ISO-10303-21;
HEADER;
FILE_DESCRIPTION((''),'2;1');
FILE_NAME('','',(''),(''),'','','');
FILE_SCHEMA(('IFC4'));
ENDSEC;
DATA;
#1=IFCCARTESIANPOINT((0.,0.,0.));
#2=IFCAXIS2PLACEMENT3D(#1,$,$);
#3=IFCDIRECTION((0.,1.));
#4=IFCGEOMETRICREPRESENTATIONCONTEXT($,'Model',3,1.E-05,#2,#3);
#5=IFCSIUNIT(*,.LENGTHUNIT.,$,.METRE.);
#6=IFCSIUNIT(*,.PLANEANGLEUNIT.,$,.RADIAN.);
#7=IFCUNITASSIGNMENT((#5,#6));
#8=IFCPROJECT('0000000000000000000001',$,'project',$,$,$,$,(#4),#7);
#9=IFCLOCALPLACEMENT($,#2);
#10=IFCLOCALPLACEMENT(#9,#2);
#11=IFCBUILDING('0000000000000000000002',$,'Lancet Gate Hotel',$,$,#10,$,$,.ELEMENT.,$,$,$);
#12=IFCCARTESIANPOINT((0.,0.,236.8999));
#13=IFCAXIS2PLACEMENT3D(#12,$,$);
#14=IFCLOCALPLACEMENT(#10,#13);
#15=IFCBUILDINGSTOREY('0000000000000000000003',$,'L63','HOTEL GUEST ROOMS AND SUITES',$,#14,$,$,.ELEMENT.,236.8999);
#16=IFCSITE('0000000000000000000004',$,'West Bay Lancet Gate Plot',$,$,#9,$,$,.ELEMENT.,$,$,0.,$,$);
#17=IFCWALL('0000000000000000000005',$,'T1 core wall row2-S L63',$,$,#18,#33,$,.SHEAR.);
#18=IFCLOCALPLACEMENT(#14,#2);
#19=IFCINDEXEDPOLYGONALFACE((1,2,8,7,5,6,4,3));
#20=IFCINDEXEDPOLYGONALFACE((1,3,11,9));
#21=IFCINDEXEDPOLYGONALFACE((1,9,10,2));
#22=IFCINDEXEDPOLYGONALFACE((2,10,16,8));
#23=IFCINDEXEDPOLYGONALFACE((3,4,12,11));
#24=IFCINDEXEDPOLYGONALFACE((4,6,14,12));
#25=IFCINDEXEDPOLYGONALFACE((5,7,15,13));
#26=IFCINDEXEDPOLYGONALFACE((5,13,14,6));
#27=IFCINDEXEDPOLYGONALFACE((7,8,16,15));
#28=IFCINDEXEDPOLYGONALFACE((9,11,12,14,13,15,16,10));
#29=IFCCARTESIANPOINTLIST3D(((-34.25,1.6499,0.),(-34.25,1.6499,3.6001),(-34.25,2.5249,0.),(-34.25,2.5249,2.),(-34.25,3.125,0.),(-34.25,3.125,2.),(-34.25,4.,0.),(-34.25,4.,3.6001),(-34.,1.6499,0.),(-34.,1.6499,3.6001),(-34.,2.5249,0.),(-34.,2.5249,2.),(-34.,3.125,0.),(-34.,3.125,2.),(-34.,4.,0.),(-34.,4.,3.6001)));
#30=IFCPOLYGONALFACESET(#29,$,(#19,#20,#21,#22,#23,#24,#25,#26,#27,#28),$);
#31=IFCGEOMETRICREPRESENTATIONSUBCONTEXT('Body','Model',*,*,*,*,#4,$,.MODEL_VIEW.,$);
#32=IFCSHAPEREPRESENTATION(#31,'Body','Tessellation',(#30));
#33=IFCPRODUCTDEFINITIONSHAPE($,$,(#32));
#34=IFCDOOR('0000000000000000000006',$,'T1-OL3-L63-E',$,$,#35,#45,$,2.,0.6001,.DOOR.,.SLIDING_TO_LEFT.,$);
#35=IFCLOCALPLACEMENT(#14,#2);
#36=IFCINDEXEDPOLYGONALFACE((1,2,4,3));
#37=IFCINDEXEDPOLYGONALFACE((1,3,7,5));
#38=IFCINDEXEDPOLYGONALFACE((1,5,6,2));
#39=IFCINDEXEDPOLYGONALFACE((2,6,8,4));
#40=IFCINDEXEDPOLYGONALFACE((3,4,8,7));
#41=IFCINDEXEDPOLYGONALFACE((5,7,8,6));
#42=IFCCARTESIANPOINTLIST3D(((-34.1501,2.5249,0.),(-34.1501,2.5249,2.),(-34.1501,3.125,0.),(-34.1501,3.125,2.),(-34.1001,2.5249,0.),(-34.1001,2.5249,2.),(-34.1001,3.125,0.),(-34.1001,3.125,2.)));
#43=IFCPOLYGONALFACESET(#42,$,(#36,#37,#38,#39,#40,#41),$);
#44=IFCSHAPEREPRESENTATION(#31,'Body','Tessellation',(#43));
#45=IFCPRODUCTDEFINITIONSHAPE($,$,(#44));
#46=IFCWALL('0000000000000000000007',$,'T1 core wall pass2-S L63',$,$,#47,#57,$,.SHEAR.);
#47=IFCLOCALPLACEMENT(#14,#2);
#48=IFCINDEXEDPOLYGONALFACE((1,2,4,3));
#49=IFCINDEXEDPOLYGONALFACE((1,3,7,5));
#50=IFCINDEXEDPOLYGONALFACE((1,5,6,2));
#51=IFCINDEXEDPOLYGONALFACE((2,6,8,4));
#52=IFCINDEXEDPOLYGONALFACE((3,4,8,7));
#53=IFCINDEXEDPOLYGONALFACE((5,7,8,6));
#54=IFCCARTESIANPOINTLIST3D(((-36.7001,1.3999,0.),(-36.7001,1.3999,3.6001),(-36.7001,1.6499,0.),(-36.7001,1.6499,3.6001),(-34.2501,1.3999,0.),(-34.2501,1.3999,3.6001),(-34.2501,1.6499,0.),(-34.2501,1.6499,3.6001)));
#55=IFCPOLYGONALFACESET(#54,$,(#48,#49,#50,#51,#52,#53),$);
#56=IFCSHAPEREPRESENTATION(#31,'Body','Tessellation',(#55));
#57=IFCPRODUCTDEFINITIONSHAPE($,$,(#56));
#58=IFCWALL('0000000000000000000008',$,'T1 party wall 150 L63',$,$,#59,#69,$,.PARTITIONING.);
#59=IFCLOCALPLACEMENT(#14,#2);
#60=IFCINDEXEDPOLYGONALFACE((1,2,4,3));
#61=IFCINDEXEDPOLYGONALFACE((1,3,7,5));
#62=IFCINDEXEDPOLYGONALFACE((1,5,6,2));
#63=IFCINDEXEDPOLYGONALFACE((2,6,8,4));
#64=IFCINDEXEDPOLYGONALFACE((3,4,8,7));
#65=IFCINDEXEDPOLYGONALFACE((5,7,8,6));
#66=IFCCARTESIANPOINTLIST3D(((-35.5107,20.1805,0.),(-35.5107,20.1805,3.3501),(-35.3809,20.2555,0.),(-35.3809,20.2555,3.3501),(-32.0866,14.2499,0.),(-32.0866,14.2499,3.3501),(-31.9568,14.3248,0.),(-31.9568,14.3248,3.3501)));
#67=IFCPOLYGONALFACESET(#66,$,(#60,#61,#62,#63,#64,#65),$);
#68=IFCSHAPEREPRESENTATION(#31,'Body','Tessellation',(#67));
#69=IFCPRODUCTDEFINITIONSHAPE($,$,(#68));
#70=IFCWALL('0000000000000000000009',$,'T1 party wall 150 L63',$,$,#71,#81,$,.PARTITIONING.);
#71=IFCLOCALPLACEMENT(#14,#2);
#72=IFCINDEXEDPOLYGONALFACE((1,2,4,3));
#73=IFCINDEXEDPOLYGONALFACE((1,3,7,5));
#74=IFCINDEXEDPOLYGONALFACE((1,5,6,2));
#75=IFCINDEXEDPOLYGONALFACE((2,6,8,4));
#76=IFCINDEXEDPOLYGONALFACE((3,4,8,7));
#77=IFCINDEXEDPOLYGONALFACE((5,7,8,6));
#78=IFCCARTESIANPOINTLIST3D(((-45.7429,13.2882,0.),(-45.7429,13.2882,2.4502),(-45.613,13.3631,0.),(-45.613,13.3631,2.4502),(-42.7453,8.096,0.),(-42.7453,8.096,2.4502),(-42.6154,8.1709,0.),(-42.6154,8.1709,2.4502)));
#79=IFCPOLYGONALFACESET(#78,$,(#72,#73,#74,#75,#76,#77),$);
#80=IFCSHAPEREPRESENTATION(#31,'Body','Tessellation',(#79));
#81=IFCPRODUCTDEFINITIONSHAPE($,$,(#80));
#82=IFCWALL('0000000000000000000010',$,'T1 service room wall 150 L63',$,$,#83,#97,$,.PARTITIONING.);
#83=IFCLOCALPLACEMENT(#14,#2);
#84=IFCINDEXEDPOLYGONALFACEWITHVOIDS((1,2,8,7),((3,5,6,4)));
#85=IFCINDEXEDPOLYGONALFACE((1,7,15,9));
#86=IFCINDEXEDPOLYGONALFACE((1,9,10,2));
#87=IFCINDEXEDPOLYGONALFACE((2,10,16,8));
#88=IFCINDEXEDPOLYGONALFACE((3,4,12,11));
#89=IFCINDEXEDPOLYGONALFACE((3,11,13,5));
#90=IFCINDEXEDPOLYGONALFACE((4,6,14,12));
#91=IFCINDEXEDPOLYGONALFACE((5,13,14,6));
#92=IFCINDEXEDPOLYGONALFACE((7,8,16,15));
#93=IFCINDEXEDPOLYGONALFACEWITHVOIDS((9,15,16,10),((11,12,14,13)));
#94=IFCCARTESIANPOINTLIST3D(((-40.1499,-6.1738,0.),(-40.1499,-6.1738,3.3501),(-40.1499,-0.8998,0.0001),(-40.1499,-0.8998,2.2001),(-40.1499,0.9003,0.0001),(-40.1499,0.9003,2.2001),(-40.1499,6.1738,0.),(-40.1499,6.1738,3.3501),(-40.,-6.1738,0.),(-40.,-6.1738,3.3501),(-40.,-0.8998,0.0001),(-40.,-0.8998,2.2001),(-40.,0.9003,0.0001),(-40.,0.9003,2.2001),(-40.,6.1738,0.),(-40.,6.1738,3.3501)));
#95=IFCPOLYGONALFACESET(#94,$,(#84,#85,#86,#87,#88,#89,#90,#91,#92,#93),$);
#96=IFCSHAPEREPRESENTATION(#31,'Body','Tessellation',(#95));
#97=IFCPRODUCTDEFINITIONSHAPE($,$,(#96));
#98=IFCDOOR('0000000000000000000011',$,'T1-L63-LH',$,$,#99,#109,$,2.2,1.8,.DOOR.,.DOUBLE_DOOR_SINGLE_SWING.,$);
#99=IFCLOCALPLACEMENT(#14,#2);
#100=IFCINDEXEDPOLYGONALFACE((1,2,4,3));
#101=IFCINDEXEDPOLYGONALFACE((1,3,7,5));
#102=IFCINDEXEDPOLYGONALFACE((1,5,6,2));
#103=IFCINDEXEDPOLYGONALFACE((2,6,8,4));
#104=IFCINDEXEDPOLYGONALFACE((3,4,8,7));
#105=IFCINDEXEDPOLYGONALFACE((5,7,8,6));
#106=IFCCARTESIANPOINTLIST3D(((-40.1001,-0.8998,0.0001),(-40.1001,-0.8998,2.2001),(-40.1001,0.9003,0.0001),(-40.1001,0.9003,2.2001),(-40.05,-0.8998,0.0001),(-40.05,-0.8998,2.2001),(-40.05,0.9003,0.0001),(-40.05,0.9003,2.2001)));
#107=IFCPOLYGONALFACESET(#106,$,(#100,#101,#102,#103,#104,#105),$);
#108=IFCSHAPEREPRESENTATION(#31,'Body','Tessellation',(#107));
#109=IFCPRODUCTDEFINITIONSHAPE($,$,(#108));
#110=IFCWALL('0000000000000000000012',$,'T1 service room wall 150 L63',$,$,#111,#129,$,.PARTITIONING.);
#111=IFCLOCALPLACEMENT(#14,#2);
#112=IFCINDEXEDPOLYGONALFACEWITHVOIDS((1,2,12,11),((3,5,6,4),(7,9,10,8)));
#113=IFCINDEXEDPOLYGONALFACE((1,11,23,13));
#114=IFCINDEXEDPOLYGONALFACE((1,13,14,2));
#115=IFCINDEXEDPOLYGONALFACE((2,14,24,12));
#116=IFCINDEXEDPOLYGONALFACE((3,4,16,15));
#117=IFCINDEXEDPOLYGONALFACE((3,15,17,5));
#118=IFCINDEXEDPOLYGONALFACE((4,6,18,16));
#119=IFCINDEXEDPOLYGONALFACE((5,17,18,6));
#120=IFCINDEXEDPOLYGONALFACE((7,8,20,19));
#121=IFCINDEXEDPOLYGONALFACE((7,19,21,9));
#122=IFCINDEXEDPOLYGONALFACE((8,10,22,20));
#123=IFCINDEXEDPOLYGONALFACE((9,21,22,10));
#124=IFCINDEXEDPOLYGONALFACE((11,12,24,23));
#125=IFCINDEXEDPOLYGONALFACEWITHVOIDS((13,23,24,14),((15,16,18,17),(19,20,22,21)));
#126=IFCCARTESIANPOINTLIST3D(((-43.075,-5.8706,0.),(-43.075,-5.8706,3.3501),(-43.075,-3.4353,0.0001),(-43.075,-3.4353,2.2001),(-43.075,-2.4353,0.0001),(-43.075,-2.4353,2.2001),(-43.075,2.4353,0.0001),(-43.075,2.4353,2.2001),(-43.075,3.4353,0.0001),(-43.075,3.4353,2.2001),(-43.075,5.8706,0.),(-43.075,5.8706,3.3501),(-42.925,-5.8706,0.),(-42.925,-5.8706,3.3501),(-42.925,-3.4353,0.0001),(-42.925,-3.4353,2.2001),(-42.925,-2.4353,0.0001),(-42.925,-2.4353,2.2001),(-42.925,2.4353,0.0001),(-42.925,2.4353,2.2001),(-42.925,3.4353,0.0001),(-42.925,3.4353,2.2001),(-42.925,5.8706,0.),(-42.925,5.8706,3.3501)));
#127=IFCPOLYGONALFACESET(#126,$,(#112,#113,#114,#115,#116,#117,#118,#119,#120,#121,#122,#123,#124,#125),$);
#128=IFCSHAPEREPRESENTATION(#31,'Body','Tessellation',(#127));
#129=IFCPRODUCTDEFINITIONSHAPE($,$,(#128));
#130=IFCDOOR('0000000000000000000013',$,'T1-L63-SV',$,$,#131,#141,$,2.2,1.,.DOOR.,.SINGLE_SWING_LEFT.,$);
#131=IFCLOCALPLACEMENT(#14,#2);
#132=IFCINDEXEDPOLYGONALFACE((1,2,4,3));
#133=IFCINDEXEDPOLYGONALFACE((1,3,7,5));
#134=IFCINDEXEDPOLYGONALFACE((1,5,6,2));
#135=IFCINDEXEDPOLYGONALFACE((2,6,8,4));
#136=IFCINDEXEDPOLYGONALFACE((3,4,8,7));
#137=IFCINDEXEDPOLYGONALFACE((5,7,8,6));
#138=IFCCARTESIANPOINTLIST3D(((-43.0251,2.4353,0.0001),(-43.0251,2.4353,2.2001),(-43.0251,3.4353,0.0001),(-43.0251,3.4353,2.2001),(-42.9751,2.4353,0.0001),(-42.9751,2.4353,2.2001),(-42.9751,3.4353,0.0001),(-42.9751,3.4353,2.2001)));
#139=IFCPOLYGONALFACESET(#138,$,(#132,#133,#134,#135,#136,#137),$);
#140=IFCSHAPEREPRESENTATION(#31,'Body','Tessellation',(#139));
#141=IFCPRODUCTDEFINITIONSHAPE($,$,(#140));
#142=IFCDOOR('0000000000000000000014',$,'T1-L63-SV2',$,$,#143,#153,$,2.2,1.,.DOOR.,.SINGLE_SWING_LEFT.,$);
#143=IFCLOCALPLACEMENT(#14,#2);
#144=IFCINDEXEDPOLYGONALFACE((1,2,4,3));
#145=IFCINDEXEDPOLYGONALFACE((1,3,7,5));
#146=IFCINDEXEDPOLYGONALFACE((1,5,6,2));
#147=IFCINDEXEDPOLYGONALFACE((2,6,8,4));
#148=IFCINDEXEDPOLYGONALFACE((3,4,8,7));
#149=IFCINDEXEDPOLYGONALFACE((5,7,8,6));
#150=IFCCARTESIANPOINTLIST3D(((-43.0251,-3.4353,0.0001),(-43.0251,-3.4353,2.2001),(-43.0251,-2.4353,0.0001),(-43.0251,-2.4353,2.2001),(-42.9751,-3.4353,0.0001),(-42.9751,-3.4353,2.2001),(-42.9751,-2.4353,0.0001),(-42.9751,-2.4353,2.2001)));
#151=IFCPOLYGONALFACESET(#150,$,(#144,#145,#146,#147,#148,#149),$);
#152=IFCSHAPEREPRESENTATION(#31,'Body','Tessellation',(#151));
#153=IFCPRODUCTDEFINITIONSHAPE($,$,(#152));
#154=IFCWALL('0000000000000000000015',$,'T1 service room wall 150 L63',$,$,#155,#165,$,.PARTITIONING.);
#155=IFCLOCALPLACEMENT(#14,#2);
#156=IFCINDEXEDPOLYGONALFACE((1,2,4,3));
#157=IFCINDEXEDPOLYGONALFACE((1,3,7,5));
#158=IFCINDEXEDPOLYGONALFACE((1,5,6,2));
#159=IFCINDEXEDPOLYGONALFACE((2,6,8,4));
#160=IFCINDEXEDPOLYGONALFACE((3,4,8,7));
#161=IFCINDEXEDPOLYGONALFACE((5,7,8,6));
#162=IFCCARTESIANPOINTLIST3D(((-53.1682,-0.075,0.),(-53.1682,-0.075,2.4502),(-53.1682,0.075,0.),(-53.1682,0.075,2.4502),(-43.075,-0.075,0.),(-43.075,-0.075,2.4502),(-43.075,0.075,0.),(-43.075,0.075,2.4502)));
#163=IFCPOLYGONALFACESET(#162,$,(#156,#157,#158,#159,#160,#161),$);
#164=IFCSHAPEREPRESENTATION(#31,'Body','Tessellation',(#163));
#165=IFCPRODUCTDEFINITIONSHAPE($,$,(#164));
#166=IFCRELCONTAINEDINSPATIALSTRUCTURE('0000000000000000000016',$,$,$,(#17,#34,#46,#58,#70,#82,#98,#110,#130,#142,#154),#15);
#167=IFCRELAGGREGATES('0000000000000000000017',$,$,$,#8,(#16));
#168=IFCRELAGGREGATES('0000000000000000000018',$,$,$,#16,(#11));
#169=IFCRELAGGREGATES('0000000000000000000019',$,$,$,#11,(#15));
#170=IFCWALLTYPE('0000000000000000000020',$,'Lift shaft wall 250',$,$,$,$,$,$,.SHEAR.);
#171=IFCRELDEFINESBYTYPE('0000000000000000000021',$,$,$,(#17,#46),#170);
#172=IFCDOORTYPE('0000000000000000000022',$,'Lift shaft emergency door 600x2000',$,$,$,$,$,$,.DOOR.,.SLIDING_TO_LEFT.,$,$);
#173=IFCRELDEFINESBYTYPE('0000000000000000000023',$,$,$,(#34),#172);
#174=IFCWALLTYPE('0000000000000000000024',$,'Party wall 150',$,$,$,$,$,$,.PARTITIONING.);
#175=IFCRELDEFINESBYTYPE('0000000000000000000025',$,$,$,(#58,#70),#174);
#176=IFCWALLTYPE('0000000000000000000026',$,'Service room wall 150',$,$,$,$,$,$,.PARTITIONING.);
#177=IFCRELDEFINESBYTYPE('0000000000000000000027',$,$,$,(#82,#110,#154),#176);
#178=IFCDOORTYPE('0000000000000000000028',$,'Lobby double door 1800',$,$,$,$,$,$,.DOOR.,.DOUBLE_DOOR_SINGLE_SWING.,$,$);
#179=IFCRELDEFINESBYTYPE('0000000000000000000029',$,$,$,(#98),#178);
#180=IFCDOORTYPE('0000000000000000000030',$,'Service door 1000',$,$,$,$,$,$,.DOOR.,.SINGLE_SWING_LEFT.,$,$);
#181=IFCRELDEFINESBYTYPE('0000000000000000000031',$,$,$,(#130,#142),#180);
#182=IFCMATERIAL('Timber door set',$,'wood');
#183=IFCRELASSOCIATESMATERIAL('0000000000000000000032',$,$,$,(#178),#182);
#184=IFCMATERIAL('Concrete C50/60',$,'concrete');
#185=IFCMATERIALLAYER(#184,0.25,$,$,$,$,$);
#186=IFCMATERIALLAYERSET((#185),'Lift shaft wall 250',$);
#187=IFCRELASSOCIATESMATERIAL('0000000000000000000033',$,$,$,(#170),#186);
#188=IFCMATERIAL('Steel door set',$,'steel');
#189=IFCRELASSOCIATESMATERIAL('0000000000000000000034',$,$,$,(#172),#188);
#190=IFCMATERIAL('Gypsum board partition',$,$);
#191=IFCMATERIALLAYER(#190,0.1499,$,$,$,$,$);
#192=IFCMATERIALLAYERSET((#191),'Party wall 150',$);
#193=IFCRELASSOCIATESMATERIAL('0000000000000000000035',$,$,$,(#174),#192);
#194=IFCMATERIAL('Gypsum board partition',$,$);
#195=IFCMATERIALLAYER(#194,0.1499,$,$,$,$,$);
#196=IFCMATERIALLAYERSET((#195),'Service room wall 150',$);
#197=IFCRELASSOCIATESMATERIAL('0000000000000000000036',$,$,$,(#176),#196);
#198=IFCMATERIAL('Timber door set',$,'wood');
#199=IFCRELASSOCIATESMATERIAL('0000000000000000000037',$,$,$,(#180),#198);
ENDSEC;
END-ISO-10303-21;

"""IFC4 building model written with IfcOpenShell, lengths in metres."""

from ifc_helpers import new_model, si_unit, direction, frame, frame_2d, origin, place, context, subcontext, project, spatial, rectangle, extrude, material, layer, layer_set, type_object, element, fill, save


model = new_model("IFC4")

# Units and contexts
model_context = context("Model", 3, precision=1e-05, world=origin(), true_north=direction((0.0, 1.0)))
body_context = subcontext(model_context, "Body", "Model", "MODEL_VIEW")
ifc_project = project(units=[si_unit("LENGTHUNIT", "METRE"), si_unit("PLANEANGLEUNIT", "RADIAN")], contexts=[model_context])

# Site, building, storey
site_placement = place(None, origin())
site = spatial("IfcSite", under=ifc_project, at=site_placement, Name="West Bay Lancet Gate Plot", CompositionType="ELEMENT", RefElevation=0.0)
building_placement = place(site_placement, origin())
building = spatial("IfcBuilding", under=site, at=building_placement, Name="Lancet Gate Hotel", CompositionType="ELEMENT")
storey_placement = place(building_placement, frame((0.0, 0.0, 236.8999)))
storey = spatial("IfcBuildingStorey", under=building, at=storey_placement, Name="L63", Description="HOTEL GUEST ROOMS AND SUITES", CompositionType="ELEMENT", Elevation=236.8999)

# Wall, opening, door
ifc_material_1 = material(Name="Timber door set", Category="wood")
door_type_1 = type_object("IfcDoorType", Name="Lobby double door 1800", OperationType="DOUBLE_DOOR_SINGLE_SWING", PredefinedType="DOOR", material=ifc_material_1)
ifc_material_2 = material(Name="Concrete C50/60", Category="concrete")
ifc_layer_1 = layer(ifc_material_2, 0.25)
ifc_layer_set_1 = layer_set([ifc_layer_1], Name="Lift shaft wall 250")
wall_type_1 = type_object("IfcWallType", Name="Lift shaft wall 250", PredefinedType="SHEAR", material=ifc_layer_set_1)
wall_1_placement = place(storey_placement, frame((-34.125, 4.0, 0.0), z_axis=(0.0, 0.0, 1.0), x_axis=(0.0, -1.0, 0.0)))
wall_1 = element("IfcWall", 1, at=wall_1_placement, inside=storey, type_object=wall_type_1, Name="T1 core wall row2-S L63", PredefinedType="SHEAR", context=body_context, shape_type="SweptSolid", body=[
    extrude(rectangle(XDim=2.3501, YDim=0.25, at=frame_2d((1.175, 0.0))), origin(), (0.0, 0.0, 1.0), 3.6001),
])
opening_1_placement = place(wall_1_placement, frame((0.875, 0.0, 0.0)))
opening_1 = element("IfcOpeningElement", 2, at=opening_1_placement, cuts=wall_1, PredefinedType="OPENING", context=body_context, shape_type="SweptSolid", body=[
    extrude(rectangle(XDim=0.6001, YDim=2.0, at=frame_2d((0.3, 1.0))), frame((0.0, 0.135, 0.0), z_axis=(0.0, -1.0, 0.0), x_axis=(1.0, 0.0, 0.0)), (0.0, 0.0, 1.0), 0.27),
])
ifc_material_3 = material(Name="Steel door set", Category="steel")
door_type_2 = type_object("IfcDoorType", Name="Lift shaft emergency door 600x2000", OperationType="SLIDING_TO_LEFT", PredefinedType="DOOR", material=ifc_material_3)
door_1_placement = place(opening_1_placement, origin())
door_1 = element("IfcDoor", 3, at=door_1_placement, inside=storey, type_object=door_type_2, Name="T1-OL3-L63-E", OperationType="SLIDING_TO_LEFT", OverallHeight=2.0, OverallWidth=0.6001, PredefinedType="DOOR", context=body_context, shape_type="SweptSolid", body=[
    extrude(rectangle(XDim=0.6001, YDim=2.0, at=frame_2d((0.3, 1.0))), frame((0.0, 0.0249, 0.0), z_axis=(0.0, -1.0, 0.0), x_axis=(1.0, 0.0, 0.0)), (0.0, 0.0, 1.0), 0.05),
])
fill(opening_1, door_1)

# Walls
wall_2_placement = place(storey_placement, frame((-34.25, 1.5249, 0.0), z_axis=(0.0, 0.0, 1.0), x_axis=(-1.0, 0.0, 0.0)))
element("IfcWall", 4, at=wall_2_placement, inside=storey, type_object=wall_type_1, Name="T1 core wall pass2-S L63", PredefinedType="SHEAR", context=body_context, shape_type="SweptSolid", body=[
    extrude(rectangle(XDim=2.45, YDim=0.25, at=frame_2d((1.2251, 0.0))), origin(), (0.0, 0.0, 1.0), 3.6001),
])
ifc_material_4 = material(Name="Gypsum board partition")
ifc_layer_2 = layer(ifc_material_4, 0.1499)
ifc_layer_set_2 = layer_set([ifc_layer_2], Name="Party wall 150")
wall_type_2 = type_object("IfcWallType", Name="Party wall 150", PredefinedType="PARTITIONING", material=ifc_layer_set_2)
wall_3_placement = place(storey_placement, frame((-32.0217, 14.2874, 0.0), z_axis=(0.0, 0.0, 1.0), x_axis=(-0.5, 0.866025, 0.0)))
element("IfcWall", 5, at=wall_3_placement, inside=storey, type_object=wall_type_2, Name="T1 party wall 150 L63", PredefinedType="PARTITIONING", context=body_context, shape_type="SweptSolid", body=[
    extrude(rectangle(XDim=6.8481, YDim=0.1499, at=frame_2d((3.4241, 0.0))), origin(), (0.0, 0.0, 1.0), 3.3501),
])
wall_4_placement = place(storey_placement, frame((-42.6804, 8.1335, 0.0), z_axis=(0.0, 0.0, 1.0), x_axis=(-0.499984, 0.866034, 0.0)))
element("IfcWall", 6, at=wall_4_placement, inside=storey, type_object=wall_type_2, Name="T1 party wall 150 L63", PredefinedType="PARTITIONING", context=body_context, shape_type="SweptSolid", body=[
    extrude(rectangle(XDim=5.9954, YDim=0.1499, at=frame_2d((2.9976, 0.0))), origin(), (0.0, 0.0, 1.0), 2.4502),
])

# Wall, opening, door
ifc_material_5 = material(Name="Gypsum board partition")
ifc_layer_3 = layer(ifc_material_5, 0.1499)
ifc_layer_set_3 = layer_set([ifc_layer_3], Name="Service room wall 150")
wall_type_3 = type_object("IfcWallType", Name="Service room wall 150", PredefinedType="PARTITIONING", material=ifc_layer_set_3)
wall_5_placement = place(storey_placement, frame((-40.075, 6.1738, 0.0), z_axis=(0.0, 0.0, 1.0), x_axis=(0.0, -1.0, 0.0)))
wall_5 = element("IfcWall", 7, at=wall_5_placement, inside=storey, type_object=wall_type_3, Name="T1 service room wall 150 L63", PredefinedType="PARTITIONING", context=body_context, shape_type="SweptSolid", body=[
    extrude(rectangle(XDim=12.3477, YDim=0.1499, at=frame_2d((6.1738, 0.0))), origin(), (0.0, 0.0, 1.0), 3.3501),
])
opening_2_placement = place(wall_5_placement, frame((5.2737, 0.0, 0.0)))
opening_2 = element("IfcOpeningElement", 8, at=opening_2_placement, cuts=wall_5, PredefinedType="OPENING", context=body_context, shape_type="SweptSolid", body=[
    extrude(rectangle(XDim=1.8, YDim=2.2, at=frame_2d((0.8999, 1.1001))), frame((0.0, 0.085, 0.0), z_axis=(0.0, -1.0, 0.0), x_axis=(1.0, 0.0, 0.0)), (0.0, 0.0, 1.0), 0.1699),
])
door_2_placement = place(opening_2_placement, origin())
door_2 = element("IfcDoor", 9, at=door_2_placement, inside=storey, type_object=door_type_1, Name="T1-L63-LH", OperationType="DOUBLE_DOOR_SINGLE_SWING", OverallHeight=2.2, OverallWidth=1.8, PredefinedType="DOOR", context=body_context, shape_type="SweptSolid", body=[
    extrude(rectangle(XDim=1.8, YDim=2.2, at=frame_2d((0.8999, 1.1001))), frame((0.0, 0.0249, 0.0), z_axis=(0.0, -1.0, 0.0), x_axis=(1.0, 0.0, 0.0)), (0.0, 0.0, 1.0), 0.05),
])
fill(opening_2, door_2)

# Wall, openings, doors
wall_6_placement = place(storey_placement, frame((-43.0, 5.8706, 0.0), z_axis=(0.0, 0.0, 1.0), x_axis=(0.0, -1.0, 0.0)))
wall_6 = element("IfcWall", 10, at=wall_6_placement, inside=storey, type_object=wall_type_3, Name="T1 service room wall 150 L63", PredefinedType="PARTITIONING", context=body_context, shape_type="SweptSolid", body=[
    extrude(rectangle(XDim=11.7412, YDim=0.1499, at=frame_2d((5.8706, 0.0))), origin(), (0.0, 0.0, 1.0), 3.3501),
])
opening_3_placement = place(wall_6_placement, frame((2.4353, 0.0, 0.0)))
opening_3 = element("IfcOpeningElement", 11, at=opening_3_placement, cuts=wall_6, PredefinedType="OPENING", context=body_context, shape_type="SweptSolid", body=[
    extrude(rectangle(XDim=1.0, YDim=2.2, at=frame_2d((0.5, 1.1001))), frame((0.0, 0.085, 0.0), z_axis=(0.0, -1.0, 0.0), x_axis=(1.0, 0.0, 0.0)), (0.0, 0.0, 1.0), 0.1699),
])
opening_4_placement = place(wall_6_placement, frame((8.3059, 0.0, 0.0)))
opening_4 = element("IfcOpeningElement", 12, at=opening_4_placement, cuts=wall_6, PredefinedType="OPENING", context=body_context, shape_type="SweptSolid", body=[
    extrude(rectangle(XDim=1.0, YDim=2.2, at=frame_2d((0.5, 1.1001))), frame((0.0, 0.085, 0.0), z_axis=(0.0, -1.0, 0.0), x_axis=(1.0, 0.0, 0.0)), (0.0, 0.0, 1.0), 0.1699),
])
ifc_material_6 = material(Name="Timber door set", Category="wood")
door_type_3 = type_object("IfcDoorType", Name="Service door 1000", OperationType="SINGLE_SWING_LEFT", PredefinedType="DOOR", material=ifc_material_6)
door_3_placement = place(opening_3_placement, origin())
door_3 = element("IfcDoor", 13, at=door_3_placement, inside=storey, type_object=door_type_3, Name="T1-L63-SV", OperationType="SINGLE_SWING_LEFT", OverallHeight=2.2, OverallWidth=1.0, PredefinedType="DOOR", context=body_context, shape_type="SweptSolid", body=[
    extrude(rectangle(XDim=1.0, YDim=2.2, at=frame_2d((0.5, 1.1001))), frame((0.0, 0.0249, 0.0), z_axis=(0.0, -1.0, 0.0), x_axis=(1.0, 0.0, 0.0)), (0.0, 0.0, 1.0), 0.05),
])
fill(opening_3, door_3)
door_4_placement = place(opening_4_placement, origin())
door_4 = element("IfcDoor", 14, at=door_4_placement, inside=storey, type_object=door_type_3, Name="T1-L63-SV2", OperationType="SINGLE_SWING_LEFT", OverallHeight=2.2, OverallWidth=1.0, PredefinedType="DOOR", context=body_context, shape_type="SweptSolid", body=[
    extrude(rectangle(XDim=1.0, YDim=2.2, at=frame_2d((0.5, 1.1001))), frame((0.0, 0.0249, 0.0), z_axis=(0.0, -1.0, 0.0), x_axis=(1.0, 0.0, 0.0)), (0.0, 0.0, 1.0), 0.05),
])
fill(opening_4, door_4)

# Wall
wall_7_placement = place(storey_placement, frame((-43.075, 0.0, 0.0), z_axis=(0.0, 0.0, 1.0), x_axis=(-1.0, 0.0, 0.0)))
element("IfcWall", 15, at=wall_7_placement, inside=storey, type_object=wall_type_3, Name="T1 service room wall 150 L63", PredefinedType="PARTITIONING", context=body_context, shape_type="SweptSolid", body=[
    extrude(rectangle(XDim=10.0933, YDim=0.1499, at=frame_2d((5.0466, 0.0))), origin(), (0.0, 0.0, 1.0), 2.4502),
])

save(model, "model.ifc")
